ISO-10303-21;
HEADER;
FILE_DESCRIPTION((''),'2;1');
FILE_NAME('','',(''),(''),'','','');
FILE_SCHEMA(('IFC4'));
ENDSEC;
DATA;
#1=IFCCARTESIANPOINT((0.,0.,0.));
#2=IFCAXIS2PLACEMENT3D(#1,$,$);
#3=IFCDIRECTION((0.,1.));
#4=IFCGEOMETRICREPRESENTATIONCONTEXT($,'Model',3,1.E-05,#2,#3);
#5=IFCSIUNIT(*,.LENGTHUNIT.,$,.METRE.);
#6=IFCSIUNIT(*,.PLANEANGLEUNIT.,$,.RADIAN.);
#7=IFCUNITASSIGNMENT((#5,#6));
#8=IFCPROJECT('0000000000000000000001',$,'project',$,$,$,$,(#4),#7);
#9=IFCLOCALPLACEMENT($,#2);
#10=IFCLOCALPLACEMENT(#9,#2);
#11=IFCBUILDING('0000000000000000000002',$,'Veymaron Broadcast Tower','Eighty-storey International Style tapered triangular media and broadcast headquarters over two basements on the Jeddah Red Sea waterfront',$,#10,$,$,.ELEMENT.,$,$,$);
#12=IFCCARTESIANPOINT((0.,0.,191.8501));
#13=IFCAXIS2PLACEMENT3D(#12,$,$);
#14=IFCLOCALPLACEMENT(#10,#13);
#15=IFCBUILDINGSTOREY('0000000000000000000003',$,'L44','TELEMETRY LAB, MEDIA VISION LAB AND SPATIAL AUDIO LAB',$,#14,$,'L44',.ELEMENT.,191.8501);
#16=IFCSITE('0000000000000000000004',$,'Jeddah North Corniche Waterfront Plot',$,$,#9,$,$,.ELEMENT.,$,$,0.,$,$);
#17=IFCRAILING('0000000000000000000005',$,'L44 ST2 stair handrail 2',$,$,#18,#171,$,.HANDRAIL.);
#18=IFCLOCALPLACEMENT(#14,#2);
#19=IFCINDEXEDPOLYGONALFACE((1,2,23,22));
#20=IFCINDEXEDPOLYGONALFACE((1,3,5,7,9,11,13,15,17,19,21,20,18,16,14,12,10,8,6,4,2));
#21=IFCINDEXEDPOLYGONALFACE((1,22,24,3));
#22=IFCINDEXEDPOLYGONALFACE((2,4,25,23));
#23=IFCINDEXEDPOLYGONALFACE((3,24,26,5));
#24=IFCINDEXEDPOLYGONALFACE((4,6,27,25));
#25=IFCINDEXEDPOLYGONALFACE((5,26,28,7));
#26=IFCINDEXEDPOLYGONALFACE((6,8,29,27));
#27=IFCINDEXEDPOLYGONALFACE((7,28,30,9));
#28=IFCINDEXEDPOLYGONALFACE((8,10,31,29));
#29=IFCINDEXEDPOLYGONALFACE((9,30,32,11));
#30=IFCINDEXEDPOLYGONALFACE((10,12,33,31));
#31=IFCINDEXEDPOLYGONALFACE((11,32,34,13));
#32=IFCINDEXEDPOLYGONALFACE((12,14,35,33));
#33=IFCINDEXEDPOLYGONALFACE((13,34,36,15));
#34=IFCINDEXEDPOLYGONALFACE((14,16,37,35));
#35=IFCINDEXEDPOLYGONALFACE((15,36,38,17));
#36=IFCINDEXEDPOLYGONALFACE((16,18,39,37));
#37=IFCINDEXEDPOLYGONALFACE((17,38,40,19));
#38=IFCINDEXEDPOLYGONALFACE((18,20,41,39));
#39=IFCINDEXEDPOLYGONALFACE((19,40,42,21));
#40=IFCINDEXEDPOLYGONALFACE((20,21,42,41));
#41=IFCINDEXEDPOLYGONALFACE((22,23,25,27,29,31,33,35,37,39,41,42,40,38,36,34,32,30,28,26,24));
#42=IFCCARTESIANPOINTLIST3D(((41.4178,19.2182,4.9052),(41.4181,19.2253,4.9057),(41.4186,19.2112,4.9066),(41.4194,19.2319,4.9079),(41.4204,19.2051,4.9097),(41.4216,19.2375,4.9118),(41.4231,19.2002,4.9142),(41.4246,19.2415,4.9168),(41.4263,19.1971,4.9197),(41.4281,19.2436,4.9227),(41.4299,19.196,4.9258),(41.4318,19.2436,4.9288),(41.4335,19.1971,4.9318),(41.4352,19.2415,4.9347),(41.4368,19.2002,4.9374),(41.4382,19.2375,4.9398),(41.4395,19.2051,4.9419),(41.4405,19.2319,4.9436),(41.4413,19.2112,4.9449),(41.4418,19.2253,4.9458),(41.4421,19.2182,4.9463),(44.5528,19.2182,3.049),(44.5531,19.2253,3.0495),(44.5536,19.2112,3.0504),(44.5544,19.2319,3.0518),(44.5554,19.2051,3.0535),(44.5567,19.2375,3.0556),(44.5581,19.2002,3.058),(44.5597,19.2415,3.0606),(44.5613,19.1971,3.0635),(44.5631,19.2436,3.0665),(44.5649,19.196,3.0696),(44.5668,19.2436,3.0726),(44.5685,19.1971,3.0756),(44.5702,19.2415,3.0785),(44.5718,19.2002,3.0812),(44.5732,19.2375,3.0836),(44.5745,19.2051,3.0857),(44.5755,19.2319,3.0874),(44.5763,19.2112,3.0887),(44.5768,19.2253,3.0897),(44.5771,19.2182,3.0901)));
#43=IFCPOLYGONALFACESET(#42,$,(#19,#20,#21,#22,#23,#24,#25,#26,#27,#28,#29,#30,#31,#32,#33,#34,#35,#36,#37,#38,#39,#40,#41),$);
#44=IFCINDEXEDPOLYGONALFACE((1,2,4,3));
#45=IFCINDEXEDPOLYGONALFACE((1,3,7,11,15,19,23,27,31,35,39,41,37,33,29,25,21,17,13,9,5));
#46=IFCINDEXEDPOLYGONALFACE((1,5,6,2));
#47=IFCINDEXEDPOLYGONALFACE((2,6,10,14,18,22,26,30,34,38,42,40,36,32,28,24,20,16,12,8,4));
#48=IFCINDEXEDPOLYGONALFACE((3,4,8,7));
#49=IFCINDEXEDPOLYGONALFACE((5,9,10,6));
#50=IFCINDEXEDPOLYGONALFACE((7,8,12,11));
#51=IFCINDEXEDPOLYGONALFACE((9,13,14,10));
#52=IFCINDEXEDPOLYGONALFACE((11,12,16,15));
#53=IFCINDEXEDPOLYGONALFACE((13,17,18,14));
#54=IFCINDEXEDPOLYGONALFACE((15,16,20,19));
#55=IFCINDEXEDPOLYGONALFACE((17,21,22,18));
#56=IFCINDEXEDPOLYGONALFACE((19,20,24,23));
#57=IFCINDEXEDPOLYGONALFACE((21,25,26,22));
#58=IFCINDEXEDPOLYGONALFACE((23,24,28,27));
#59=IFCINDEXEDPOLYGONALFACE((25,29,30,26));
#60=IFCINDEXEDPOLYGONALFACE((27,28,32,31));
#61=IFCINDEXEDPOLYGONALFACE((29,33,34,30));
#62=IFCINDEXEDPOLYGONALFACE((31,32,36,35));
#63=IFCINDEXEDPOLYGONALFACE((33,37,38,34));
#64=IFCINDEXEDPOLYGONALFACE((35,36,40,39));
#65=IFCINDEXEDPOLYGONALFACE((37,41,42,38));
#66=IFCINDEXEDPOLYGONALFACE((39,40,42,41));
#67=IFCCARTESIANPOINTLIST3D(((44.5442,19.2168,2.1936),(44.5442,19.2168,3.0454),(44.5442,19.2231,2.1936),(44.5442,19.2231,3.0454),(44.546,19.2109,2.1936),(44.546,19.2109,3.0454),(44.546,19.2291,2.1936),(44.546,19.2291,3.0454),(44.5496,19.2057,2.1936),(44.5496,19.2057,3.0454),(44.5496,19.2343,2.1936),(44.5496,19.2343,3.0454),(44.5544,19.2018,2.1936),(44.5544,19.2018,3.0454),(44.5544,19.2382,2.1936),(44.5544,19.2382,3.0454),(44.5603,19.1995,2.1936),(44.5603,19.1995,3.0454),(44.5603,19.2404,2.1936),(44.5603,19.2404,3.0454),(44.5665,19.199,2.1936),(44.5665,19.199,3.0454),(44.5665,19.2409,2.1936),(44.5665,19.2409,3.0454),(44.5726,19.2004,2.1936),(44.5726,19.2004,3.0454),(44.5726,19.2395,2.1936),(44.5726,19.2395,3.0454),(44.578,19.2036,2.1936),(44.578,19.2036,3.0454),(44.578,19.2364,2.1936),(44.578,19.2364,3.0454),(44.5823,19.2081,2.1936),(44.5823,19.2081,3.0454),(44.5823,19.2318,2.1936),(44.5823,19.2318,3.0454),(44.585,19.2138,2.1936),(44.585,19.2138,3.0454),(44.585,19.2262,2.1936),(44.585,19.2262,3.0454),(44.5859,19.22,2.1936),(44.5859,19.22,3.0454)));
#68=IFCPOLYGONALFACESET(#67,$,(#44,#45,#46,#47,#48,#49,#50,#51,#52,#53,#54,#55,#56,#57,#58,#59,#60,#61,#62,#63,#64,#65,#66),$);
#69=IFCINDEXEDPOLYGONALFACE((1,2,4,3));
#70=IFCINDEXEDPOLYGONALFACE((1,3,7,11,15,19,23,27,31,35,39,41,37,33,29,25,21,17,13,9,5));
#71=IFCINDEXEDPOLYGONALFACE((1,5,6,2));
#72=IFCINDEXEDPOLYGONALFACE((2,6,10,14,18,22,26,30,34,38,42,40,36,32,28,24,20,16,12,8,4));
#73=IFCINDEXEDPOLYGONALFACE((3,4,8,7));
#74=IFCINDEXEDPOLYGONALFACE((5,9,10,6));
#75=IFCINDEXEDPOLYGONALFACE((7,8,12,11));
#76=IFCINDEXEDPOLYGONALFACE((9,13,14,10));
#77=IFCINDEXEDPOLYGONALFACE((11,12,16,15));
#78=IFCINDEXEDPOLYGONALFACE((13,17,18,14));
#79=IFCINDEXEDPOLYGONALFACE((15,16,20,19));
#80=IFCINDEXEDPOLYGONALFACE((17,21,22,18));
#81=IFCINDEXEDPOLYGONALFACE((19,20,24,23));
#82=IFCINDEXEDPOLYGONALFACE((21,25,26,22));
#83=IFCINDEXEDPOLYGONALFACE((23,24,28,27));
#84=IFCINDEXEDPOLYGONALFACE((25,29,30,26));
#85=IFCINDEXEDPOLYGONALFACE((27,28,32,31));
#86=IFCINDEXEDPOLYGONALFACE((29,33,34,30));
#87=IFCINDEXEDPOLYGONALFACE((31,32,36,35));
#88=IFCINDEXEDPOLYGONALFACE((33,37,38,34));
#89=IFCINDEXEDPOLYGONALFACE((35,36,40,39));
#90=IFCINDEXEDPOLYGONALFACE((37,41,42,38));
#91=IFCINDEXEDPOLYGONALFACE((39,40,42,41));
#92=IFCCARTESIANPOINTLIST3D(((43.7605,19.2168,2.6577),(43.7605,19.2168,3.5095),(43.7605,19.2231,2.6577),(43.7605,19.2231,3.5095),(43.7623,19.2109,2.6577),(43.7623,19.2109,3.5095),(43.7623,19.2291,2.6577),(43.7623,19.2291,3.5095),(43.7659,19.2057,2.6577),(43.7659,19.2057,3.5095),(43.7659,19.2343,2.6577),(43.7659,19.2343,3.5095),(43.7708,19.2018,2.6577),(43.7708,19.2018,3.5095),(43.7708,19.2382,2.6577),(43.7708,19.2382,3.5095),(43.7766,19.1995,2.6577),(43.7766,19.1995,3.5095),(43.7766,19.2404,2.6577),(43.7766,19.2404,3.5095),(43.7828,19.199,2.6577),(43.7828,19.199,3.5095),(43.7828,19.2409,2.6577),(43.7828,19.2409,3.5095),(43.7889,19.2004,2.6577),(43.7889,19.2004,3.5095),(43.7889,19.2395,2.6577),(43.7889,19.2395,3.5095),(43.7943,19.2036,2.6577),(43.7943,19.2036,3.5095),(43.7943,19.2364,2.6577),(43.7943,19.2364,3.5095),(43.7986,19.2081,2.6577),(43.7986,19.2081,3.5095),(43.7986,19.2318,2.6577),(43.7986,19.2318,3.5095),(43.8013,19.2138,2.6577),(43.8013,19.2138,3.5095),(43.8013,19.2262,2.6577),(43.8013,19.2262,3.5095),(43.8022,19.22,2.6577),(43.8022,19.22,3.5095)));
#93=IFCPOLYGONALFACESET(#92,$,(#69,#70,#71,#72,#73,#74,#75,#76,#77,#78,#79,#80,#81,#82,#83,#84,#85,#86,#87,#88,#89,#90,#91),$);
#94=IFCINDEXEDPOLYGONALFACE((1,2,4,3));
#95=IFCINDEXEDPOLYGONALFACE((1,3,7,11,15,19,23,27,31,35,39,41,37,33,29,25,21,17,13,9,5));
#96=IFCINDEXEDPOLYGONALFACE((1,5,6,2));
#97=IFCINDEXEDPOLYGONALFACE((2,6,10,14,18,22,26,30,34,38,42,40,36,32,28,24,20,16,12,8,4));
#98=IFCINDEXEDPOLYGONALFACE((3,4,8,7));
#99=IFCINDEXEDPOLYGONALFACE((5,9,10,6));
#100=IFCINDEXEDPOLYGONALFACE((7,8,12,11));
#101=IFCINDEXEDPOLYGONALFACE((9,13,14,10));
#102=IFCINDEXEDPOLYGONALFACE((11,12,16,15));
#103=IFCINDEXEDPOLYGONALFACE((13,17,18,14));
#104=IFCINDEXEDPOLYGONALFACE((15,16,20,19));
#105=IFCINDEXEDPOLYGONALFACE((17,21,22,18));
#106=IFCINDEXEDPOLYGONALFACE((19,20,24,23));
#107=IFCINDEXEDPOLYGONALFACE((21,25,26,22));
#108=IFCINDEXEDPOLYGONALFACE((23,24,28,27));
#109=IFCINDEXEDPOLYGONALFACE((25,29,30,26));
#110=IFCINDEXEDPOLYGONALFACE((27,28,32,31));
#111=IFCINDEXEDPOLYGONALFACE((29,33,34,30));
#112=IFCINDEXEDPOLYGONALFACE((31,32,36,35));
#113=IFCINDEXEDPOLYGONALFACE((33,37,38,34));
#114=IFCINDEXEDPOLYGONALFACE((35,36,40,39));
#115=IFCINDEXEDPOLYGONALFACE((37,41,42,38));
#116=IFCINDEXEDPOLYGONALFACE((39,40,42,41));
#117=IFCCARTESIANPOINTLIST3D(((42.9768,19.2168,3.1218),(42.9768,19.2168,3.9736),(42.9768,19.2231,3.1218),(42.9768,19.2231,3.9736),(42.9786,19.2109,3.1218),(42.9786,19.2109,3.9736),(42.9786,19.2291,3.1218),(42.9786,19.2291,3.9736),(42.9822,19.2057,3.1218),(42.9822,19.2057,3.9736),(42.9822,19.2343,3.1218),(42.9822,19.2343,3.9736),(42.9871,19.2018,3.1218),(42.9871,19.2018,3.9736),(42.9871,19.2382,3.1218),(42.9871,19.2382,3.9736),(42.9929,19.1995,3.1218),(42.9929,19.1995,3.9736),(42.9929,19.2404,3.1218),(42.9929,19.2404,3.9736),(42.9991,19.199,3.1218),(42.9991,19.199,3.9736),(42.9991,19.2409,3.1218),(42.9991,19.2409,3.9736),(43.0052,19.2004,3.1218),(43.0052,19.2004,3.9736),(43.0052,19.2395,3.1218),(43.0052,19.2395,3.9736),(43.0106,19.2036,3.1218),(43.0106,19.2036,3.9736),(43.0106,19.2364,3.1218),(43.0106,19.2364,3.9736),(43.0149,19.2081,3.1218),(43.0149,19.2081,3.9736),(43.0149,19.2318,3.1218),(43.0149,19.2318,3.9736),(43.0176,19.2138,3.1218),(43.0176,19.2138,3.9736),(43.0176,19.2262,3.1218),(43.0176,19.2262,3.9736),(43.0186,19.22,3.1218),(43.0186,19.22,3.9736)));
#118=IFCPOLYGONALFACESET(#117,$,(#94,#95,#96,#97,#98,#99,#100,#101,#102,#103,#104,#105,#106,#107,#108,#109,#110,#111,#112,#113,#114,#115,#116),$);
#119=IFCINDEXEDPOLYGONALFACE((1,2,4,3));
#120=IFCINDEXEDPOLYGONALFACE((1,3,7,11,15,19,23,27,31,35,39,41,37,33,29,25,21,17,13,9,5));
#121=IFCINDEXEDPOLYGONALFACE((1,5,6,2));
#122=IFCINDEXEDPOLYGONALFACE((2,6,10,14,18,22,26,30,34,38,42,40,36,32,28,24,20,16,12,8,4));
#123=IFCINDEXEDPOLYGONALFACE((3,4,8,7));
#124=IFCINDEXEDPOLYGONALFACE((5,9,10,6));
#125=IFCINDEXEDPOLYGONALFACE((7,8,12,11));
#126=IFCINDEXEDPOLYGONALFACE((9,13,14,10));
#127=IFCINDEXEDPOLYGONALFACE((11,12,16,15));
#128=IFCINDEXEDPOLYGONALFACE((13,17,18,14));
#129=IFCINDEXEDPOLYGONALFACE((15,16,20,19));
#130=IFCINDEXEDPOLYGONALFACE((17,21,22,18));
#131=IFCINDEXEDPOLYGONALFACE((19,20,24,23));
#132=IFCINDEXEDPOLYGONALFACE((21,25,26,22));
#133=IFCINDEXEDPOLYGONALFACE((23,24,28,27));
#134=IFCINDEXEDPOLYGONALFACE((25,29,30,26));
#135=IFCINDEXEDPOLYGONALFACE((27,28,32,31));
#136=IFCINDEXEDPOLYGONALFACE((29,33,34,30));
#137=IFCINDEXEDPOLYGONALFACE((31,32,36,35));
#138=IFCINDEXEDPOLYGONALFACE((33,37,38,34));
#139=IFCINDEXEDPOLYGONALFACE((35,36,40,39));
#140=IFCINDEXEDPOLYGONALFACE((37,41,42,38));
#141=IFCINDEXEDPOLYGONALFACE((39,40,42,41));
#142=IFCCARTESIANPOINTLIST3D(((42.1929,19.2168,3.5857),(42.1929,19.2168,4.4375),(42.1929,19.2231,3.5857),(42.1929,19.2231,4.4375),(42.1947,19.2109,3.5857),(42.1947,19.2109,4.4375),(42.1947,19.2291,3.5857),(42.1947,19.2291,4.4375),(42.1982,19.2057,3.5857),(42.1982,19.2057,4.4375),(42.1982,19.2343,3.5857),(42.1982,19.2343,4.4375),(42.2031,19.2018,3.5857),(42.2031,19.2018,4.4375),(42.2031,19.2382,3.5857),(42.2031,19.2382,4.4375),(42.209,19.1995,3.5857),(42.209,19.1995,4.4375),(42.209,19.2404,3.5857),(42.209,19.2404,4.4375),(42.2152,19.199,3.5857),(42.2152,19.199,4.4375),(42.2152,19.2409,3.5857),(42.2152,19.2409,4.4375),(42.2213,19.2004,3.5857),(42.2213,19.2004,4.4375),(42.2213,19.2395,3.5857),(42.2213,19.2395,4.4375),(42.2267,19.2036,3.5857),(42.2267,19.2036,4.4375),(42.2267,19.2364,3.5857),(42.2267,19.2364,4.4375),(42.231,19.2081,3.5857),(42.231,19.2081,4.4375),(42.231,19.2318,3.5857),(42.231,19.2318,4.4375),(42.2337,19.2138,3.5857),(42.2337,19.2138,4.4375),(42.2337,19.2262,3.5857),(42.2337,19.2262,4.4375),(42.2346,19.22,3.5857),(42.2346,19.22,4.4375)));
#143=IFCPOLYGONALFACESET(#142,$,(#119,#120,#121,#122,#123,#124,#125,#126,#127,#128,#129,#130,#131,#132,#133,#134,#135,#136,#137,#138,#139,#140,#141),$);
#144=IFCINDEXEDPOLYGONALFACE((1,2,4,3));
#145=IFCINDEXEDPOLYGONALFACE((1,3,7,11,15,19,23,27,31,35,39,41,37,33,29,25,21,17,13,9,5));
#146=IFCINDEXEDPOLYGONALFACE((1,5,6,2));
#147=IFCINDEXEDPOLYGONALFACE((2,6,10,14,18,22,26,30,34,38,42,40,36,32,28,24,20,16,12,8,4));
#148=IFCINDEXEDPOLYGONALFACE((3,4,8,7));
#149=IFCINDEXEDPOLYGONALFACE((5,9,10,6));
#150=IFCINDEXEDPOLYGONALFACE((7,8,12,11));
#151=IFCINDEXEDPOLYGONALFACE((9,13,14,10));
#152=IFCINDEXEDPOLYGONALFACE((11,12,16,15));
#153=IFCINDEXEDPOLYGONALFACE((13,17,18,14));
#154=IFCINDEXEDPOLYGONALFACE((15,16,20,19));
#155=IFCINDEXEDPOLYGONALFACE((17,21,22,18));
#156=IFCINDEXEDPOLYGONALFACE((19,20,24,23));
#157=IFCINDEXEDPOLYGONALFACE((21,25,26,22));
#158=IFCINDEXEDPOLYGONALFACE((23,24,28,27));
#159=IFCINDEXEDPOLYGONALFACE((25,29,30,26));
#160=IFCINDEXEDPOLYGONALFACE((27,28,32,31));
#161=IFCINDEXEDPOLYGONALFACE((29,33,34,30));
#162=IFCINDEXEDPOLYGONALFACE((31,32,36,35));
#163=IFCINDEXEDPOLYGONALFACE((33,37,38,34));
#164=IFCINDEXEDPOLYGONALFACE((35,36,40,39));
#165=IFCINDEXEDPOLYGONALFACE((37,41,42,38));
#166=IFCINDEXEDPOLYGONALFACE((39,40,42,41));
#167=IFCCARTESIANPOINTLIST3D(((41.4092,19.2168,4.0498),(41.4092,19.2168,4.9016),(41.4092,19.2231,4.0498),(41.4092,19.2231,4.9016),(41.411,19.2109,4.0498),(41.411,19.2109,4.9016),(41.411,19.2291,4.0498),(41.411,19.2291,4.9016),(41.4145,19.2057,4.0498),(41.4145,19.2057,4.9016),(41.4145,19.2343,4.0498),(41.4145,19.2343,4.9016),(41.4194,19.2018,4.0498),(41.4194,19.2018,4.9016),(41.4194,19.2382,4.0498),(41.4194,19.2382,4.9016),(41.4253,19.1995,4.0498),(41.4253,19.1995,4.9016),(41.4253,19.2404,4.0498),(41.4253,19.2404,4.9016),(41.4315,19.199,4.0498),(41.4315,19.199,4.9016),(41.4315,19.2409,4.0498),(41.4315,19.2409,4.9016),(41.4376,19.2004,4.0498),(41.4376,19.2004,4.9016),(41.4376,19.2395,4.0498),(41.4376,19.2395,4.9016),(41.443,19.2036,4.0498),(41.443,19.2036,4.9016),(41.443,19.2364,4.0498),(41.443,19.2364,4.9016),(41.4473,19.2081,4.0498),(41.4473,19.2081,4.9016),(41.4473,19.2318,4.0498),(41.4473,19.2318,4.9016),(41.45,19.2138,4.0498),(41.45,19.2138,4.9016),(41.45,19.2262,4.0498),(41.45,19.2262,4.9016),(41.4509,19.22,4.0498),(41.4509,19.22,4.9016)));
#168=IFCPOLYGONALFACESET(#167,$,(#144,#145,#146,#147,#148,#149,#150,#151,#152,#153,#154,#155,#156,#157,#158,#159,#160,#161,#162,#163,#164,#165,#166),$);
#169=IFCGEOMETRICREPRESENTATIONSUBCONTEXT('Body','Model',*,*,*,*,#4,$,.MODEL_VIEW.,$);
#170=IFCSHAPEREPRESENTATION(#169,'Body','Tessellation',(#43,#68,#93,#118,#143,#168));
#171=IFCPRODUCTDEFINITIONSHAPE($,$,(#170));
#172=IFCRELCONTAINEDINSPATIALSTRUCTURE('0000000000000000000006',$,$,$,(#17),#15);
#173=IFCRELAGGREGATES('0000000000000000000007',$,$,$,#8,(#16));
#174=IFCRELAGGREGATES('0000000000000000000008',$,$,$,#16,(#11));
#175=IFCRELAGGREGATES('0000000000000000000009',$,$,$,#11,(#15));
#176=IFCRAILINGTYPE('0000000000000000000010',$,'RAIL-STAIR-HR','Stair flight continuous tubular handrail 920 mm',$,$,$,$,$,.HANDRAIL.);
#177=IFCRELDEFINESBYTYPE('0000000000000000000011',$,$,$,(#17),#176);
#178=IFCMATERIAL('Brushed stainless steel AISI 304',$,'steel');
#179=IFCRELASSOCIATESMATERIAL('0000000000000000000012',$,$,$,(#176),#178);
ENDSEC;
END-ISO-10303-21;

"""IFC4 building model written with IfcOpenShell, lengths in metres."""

from ifc_helpers import new_model, si_unit, direction, frame, origin, origin_2d, place, context, subcontext, project, spatial, circle, extrude, material, type_object, element, save


model = new_model("IFC4")

# Units and contexts
model_context = context("Model", 3, precision=1e-05, world=origin(), true_north=direction((0.0, 1.0)))
body_context = subcontext(model_context, "Body", "Model", "MODEL_VIEW")
ifc_project = project(units=[si_unit("LENGTHUNIT", "METRE"), si_unit("PLANEANGLEUNIT", "RADIAN")], contexts=[model_context])

# Site, building, storey
site_placement = place(None, origin())
site = spatial("IfcSite", under=ifc_project, at=site_placement, Name="Jeddah North Corniche Waterfront Plot", CompositionType="ELEMENT", RefElevation=0.0)
building_placement = place(site_placement, origin())
building = spatial("IfcBuilding", under=site, at=building_placement, Name="Veymaron Broadcast Tower", Description="Eighty-storey International Style tapered triangular media and broadcast headquarters over two basements on the Jeddah Red Sea waterfront", CompositionType="ELEMENT")
storey_placement = place(building_placement, frame((0.0, 0.0, 191.8501)))
storey = spatial("IfcBuildingStorey", under=building, at=storey_placement, Name="L44", Description="TELEMETRY LAB, MEDIA VISION LAB AND SPATIAL AUDIO LAB", LongName="L44", CompositionType="ELEMENT", Elevation=191.8501)

# Shared definitions
ifc_material_1 = material(Name="Brushed stainless steel AISI 304", Category="steel")

# Railing
railing_type_1 = type_object("IfcRailingType", Name="RAIL-STAIR-HR", Description="Stair flight continuous tubular handrail 920 mm", PredefinedType="HANDRAIL", material=ifc_material_1)
railing_1_placement = place(storey_placement, frame((44.5649, 19.22, 2.1936)))
element("IfcRailing", 1, at=railing_1_placement, inside=storey, type_object=railing_type_1, Name="L44 ST2 stair handrail 2", PredefinedType="HANDRAIL", context=body_context, shape_type="SweptSolid", body=[
    extrude(circle(Radius=0.0239, at=origin_2d()), frame((0.0, 0.0, 0.876), z_axis=(-0.860482, 0.0, 0.509481), x_axis=(0.0, -1.0, 0.0)), (0.0, 0.0, 1.0), 3.6433),
    extrude(circle(Radius=0.021, at=origin_2d()), origin(), (0.0, 0.0, 1.0), 0.8518),
    extrude(circle(Radius=0.021, at=origin_2d()), frame((-0.7837, 0.0, 0.4641)), (0.0, 0.0, 1.0), 0.8518),
    extrude(circle(Radius=0.021, at=origin_2d()), frame((-1.5674, 0.0, 0.9282)), (0.0, 0.0, 1.0), 0.8518),
    extrude(circle(Radius=0.021, at=origin_2d()), frame((-2.3513, 0.0, 1.3921)), (0.0, 0.0, 1.0), 0.8518),
    extrude(circle(Radius=0.021, at=origin_2d()), frame((-3.135, 0.0, 1.8562)), (0.0, 0.0, 1.0), 0.8518),
])

save(model, "model.ifc")
